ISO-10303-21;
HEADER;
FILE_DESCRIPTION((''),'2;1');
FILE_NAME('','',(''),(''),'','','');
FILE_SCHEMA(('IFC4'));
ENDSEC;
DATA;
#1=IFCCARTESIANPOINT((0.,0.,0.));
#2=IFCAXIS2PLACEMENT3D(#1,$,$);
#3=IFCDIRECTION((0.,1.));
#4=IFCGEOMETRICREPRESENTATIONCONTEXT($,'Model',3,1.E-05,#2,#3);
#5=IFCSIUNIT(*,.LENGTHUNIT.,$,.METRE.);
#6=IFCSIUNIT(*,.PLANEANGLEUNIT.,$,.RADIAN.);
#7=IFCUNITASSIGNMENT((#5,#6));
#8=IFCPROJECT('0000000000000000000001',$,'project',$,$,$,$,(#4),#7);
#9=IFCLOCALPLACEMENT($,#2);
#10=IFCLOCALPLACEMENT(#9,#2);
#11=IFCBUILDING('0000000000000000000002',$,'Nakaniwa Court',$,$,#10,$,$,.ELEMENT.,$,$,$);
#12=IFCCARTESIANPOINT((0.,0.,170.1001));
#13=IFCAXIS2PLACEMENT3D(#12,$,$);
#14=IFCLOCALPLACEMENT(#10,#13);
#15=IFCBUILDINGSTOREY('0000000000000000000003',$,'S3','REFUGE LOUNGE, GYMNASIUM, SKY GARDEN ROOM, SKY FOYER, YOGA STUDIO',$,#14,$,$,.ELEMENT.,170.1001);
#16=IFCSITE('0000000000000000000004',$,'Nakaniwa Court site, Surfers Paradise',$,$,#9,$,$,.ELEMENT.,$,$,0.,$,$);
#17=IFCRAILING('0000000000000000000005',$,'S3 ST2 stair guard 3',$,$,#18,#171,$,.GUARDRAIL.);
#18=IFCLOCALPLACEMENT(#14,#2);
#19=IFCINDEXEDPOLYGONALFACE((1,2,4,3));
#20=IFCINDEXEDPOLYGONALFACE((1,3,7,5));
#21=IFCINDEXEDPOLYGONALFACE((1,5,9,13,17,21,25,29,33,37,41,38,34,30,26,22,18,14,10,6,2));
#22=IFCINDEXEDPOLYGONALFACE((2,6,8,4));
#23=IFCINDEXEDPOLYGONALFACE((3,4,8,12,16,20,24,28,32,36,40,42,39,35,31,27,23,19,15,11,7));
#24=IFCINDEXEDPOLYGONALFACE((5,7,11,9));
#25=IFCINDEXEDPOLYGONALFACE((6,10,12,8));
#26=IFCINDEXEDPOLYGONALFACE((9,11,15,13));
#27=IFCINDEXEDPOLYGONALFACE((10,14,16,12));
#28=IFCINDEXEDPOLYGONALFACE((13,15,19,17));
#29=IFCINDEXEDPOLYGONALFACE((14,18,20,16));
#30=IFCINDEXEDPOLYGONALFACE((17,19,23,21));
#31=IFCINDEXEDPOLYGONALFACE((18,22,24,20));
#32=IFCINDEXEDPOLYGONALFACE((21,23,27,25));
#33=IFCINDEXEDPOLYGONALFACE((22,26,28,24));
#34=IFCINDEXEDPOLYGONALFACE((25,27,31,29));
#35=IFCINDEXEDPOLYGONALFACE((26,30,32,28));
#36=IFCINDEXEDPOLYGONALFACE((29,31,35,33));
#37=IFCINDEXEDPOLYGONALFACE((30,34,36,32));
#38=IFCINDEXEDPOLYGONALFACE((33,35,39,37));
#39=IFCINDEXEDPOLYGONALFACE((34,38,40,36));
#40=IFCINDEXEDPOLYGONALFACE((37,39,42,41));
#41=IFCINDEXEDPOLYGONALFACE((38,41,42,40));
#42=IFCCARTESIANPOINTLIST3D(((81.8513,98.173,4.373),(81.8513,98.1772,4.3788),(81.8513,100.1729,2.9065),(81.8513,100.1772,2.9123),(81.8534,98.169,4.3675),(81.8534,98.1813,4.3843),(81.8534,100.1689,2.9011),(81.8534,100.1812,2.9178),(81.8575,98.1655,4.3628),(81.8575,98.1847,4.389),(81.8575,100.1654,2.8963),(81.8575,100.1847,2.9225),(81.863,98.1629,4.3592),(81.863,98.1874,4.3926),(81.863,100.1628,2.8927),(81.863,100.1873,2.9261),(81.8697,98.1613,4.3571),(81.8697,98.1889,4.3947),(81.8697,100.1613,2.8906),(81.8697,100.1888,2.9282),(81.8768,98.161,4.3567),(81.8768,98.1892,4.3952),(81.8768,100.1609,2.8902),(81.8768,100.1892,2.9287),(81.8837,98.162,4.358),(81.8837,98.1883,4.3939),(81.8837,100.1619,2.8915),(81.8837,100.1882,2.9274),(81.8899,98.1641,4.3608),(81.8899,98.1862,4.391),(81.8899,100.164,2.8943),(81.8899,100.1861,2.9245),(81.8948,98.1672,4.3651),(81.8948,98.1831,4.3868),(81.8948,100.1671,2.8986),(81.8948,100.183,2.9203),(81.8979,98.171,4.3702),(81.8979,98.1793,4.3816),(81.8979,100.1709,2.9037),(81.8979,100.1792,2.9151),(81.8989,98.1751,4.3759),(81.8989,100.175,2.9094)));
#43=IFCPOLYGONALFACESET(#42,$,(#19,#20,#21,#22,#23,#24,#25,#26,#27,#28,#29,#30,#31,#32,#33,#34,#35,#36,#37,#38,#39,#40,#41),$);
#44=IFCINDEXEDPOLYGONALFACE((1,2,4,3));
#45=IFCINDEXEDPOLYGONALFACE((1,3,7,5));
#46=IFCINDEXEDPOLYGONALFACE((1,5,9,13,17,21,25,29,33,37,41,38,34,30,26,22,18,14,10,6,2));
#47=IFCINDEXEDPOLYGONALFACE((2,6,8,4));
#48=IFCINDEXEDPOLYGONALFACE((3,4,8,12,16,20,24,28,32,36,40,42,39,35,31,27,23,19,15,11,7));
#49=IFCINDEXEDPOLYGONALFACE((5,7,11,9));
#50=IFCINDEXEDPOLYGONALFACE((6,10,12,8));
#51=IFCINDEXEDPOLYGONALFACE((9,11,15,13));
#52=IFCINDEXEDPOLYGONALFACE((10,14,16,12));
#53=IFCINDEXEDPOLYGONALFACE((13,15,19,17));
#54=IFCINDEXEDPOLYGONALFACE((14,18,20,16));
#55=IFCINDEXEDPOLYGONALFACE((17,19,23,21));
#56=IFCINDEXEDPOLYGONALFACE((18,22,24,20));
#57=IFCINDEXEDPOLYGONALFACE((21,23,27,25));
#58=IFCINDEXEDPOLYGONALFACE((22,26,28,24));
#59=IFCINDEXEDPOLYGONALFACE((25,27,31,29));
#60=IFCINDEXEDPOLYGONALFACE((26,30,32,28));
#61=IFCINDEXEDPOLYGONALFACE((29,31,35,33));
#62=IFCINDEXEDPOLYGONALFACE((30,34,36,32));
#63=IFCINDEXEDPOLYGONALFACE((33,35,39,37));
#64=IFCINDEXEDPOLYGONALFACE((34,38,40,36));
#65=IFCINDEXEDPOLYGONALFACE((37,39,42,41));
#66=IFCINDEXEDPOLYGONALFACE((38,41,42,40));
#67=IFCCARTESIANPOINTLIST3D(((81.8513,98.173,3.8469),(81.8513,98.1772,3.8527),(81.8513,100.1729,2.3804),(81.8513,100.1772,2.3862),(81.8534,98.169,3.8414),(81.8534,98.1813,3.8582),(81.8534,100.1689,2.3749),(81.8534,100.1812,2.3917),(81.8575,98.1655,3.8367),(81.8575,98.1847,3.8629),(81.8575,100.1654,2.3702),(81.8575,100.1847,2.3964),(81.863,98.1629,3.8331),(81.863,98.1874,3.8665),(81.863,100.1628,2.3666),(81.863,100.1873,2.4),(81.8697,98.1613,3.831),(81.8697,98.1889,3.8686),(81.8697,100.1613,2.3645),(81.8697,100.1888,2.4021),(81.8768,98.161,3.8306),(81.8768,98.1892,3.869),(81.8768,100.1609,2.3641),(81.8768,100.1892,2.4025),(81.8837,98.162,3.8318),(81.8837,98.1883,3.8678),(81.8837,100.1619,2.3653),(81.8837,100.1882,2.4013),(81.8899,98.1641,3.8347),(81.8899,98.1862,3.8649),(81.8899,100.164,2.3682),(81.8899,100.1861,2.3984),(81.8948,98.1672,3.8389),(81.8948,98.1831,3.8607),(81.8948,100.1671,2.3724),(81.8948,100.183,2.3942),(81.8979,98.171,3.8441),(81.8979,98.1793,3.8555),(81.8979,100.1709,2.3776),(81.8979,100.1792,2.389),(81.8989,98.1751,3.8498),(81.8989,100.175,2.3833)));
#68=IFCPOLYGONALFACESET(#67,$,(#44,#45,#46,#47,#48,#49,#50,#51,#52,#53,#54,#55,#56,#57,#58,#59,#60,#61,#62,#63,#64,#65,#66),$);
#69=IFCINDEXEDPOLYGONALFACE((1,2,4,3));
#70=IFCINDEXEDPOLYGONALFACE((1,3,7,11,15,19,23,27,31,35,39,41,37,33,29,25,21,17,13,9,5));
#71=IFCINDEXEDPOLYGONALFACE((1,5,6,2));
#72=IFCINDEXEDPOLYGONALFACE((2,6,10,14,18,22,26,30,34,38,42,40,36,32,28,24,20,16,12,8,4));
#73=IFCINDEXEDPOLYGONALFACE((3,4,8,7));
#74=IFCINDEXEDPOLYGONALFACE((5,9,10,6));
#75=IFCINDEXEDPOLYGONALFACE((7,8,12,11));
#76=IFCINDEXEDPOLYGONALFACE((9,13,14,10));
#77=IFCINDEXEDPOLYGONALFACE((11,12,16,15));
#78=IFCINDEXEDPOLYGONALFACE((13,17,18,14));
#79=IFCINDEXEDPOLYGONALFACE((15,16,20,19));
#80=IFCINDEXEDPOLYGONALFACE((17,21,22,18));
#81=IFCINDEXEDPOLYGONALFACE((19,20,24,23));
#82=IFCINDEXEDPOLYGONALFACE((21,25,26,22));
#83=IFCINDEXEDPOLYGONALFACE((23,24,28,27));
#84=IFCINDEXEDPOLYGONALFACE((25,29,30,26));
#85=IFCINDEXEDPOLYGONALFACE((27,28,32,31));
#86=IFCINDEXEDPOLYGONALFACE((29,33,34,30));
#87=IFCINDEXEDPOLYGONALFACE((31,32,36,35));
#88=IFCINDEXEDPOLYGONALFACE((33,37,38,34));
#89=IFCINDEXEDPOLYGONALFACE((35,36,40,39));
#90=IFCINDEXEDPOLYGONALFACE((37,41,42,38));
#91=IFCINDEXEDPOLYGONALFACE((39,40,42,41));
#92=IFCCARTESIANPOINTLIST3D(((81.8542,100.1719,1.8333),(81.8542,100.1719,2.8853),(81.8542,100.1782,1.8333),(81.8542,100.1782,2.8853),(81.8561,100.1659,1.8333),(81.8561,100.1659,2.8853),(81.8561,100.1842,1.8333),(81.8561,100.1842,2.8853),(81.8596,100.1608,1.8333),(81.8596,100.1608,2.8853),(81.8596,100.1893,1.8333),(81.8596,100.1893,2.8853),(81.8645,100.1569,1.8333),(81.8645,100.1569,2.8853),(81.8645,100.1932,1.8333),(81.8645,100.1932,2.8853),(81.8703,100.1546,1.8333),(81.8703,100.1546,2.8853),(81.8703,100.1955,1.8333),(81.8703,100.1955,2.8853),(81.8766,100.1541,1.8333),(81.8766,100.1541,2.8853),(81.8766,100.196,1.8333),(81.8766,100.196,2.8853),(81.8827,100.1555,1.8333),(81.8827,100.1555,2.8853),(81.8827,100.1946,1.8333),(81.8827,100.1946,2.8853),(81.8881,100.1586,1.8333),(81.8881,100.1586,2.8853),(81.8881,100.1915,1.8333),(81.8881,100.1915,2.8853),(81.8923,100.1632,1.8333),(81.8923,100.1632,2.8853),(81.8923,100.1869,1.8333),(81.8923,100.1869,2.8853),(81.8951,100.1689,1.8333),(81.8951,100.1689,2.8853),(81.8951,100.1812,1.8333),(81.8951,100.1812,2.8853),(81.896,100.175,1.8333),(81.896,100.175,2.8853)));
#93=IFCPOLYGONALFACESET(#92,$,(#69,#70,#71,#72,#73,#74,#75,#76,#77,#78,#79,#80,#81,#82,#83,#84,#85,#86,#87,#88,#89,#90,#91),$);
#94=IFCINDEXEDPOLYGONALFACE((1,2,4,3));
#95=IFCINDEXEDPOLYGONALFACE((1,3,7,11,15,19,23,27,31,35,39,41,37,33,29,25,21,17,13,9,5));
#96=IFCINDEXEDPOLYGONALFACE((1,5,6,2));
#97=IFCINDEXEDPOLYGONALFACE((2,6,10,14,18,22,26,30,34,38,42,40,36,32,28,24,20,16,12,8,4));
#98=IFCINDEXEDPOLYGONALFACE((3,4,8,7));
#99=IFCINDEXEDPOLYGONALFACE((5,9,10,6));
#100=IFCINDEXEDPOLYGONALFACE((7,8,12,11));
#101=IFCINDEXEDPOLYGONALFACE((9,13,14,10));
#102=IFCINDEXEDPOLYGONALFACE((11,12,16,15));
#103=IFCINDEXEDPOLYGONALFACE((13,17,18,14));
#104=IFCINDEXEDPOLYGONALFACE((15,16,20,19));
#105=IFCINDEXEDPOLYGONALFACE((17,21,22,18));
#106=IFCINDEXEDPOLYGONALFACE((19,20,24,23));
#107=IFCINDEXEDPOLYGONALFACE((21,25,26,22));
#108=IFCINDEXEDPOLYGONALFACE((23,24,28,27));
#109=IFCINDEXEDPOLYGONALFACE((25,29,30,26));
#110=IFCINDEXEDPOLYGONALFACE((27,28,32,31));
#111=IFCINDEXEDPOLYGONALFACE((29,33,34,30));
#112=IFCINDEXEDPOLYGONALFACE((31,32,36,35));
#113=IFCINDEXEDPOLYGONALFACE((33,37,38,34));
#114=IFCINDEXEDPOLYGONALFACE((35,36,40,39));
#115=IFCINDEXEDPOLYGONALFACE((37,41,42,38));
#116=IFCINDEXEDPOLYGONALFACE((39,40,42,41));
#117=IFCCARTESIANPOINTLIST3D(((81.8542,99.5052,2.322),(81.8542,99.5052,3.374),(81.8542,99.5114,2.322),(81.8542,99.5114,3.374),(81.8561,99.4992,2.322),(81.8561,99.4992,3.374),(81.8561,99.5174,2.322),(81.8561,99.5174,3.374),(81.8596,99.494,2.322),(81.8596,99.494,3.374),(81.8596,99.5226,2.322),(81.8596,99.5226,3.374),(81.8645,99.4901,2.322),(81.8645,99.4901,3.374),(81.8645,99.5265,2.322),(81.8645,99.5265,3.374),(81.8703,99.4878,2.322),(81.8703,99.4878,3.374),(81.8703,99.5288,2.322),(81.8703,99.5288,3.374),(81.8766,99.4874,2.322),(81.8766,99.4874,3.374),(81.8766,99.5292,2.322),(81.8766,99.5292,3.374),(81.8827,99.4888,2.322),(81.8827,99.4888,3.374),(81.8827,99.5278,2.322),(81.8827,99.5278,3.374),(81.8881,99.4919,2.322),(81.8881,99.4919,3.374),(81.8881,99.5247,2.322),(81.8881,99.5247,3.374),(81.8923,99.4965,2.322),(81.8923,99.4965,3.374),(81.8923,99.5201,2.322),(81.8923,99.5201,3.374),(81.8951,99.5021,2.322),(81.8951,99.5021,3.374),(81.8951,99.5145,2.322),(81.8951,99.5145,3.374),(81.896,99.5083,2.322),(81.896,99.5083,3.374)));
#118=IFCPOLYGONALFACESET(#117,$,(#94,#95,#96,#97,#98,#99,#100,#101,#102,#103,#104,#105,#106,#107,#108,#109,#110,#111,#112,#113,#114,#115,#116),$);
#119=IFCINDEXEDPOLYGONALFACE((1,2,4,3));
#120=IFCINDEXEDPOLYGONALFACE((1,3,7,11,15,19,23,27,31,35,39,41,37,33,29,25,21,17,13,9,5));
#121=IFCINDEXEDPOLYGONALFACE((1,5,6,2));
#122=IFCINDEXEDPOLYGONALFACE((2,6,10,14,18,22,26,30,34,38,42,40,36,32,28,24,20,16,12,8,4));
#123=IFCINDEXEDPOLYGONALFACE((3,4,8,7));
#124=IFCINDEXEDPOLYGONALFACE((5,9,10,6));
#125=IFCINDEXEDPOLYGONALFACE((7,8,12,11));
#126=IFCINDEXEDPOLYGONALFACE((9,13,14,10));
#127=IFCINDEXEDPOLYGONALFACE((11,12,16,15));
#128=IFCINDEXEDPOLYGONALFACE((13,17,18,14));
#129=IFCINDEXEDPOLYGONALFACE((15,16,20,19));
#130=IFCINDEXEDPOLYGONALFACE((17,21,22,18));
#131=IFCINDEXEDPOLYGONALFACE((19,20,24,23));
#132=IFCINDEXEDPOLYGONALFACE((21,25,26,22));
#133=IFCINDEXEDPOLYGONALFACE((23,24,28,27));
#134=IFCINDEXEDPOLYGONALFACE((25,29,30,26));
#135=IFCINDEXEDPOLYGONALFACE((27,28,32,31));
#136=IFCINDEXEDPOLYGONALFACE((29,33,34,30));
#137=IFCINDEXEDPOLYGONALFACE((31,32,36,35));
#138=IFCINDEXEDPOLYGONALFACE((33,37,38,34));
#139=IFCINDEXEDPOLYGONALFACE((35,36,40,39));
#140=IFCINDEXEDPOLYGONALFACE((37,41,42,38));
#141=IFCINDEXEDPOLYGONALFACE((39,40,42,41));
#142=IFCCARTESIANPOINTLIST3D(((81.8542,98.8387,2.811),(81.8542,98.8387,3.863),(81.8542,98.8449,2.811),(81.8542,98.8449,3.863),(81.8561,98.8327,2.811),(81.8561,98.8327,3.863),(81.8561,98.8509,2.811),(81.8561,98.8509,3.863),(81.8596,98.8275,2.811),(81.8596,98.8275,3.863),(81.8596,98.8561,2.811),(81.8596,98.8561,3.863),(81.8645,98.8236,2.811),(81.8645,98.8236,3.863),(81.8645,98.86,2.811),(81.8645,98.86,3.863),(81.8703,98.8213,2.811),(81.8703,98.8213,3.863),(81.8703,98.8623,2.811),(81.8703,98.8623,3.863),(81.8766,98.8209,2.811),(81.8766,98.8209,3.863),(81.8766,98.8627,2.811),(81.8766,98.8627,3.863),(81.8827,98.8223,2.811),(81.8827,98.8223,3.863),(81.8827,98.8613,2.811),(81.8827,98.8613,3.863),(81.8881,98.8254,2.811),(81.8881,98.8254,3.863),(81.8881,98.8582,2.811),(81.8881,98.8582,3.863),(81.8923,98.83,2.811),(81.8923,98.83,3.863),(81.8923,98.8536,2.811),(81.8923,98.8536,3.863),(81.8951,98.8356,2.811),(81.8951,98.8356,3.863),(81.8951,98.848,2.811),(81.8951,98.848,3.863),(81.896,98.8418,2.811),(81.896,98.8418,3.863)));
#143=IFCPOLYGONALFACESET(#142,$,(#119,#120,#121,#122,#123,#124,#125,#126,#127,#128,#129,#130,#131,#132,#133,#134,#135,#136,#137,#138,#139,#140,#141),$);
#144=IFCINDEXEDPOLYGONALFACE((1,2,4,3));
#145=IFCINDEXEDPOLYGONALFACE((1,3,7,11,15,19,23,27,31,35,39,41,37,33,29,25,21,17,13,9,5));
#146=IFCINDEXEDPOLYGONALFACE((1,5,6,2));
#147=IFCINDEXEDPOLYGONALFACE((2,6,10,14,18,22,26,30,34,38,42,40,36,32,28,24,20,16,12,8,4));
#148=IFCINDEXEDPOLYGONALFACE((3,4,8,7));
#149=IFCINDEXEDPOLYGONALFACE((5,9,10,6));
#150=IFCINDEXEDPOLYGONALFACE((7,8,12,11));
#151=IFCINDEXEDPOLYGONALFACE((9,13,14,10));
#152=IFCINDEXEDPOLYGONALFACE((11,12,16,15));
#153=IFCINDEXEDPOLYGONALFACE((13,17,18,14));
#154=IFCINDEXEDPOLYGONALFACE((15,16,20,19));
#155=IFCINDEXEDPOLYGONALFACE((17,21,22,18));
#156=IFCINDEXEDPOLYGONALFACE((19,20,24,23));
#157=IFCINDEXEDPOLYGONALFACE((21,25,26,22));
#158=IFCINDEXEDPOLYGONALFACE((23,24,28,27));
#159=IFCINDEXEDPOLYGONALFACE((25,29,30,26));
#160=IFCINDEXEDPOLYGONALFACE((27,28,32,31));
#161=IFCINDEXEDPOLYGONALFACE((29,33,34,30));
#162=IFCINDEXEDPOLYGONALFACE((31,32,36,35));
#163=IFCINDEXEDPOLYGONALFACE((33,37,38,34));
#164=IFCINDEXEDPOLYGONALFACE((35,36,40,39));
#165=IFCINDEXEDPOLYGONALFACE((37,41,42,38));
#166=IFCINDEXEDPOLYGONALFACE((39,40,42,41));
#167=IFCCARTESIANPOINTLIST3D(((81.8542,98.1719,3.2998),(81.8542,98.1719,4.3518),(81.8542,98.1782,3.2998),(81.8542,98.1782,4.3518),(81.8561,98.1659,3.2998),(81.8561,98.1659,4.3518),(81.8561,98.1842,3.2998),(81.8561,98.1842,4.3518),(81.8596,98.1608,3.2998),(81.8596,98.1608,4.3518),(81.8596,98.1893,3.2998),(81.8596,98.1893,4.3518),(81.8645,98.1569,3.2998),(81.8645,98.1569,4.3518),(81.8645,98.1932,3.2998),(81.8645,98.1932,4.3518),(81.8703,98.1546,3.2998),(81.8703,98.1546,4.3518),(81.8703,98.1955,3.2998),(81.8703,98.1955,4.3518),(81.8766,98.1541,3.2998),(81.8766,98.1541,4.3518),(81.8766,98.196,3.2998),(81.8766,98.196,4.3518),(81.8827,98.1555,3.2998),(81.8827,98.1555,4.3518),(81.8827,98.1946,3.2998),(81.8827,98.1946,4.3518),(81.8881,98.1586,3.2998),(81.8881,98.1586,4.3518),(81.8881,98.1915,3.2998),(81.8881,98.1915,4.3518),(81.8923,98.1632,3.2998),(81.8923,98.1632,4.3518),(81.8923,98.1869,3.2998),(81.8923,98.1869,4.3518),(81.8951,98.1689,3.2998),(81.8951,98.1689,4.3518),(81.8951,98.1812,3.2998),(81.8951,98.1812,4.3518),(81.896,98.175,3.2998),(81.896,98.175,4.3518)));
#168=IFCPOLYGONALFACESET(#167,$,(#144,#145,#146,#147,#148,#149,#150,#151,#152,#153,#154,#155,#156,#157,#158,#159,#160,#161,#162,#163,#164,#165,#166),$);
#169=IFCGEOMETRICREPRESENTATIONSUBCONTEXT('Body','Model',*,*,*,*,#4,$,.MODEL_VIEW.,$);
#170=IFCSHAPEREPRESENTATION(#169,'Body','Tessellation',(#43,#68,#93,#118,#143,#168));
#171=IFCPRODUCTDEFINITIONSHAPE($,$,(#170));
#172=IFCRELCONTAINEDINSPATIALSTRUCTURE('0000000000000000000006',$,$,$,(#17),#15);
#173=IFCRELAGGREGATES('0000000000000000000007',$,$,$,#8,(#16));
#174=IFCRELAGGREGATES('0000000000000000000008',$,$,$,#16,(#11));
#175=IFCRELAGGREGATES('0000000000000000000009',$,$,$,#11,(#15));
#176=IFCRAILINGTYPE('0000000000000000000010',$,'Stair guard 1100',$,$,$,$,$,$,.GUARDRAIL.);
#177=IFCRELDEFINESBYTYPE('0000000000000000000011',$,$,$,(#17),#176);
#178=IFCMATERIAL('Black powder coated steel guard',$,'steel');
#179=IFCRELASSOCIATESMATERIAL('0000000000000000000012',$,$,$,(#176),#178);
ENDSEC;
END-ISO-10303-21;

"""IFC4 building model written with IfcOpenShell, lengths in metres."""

from ifc_helpers import new_model, si_unit, direction, frame, origin, origin_2d, place, context, subcontext, project, spatial, circle, extrude, material, type_object, element, save


model = new_model("IFC4")

# Units and contexts
model_context = context("Model", 3, precision=1e-05, world=origin(), true_north=direction((0.0, 1.0)))
body_context = subcontext(model_context, "Body", "Model", "MODEL_VIEW")
ifc_project = project(units=[si_unit("LENGTHUNIT", "METRE"), si_unit("PLANEANGLEUNIT", "RADIAN")], contexts=[model_context])

# Site, building, storey
site_placement = place(None, origin())
site = spatial("IfcSite", under=ifc_project, at=site_placement, Name="Nakaniwa Court site, Surfers Paradise", CompositionType="ELEMENT", RefElevation=0.0)
building_placement = place(site_placement, origin())
building = spatial("IfcBuilding", under=site, at=building_placement, Name="Nakaniwa Court", CompositionType="ELEMENT")
storey_placement = place(building_placement, frame((0.0, 0.0, 170.1001)))
storey = spatial("IfcBuildingStorey", under=building, at=storey_placement, Name="S3", Description="REFUGE LOUNGE, GYMNASIUM, SKY GARDEN ROOM, SKY FOYER, YOGA STUDIO", CompositionType="ELEMENT", Elevation=170.1001)

# Railing
ifc_material_1 = material(Name="Black powder coated steel guard", Category="steel")
railing_type_1 = type_object("IfcRailingType", Name="Stair guard 1100", PredefinedType="GUARDRAIL", material=ifc_material_1)
railing_1_placement = place(storey_placement, frame((81.875, 100.175, 1.8333)))
element("IfcRailing", 1, at=railing_1_placement, inside=storey, type_object=railing_type_1, Name="S3 ST2 stair guard 3", PredefinedType="GUARDRAIL", context=body_context, shape_type="SweptSolid", body=[
    extrude(circle(Radius=0.0239, at=origin_2d()), frame((0.0, 0.0, 1.0762), z_axis=(0.0, -0.806427, 0.591334), x_axis=(1.0, 0.0, 0.0)), (0.0, 0.0, 1.0), 2.48),
    extrude(circle(Radius=0.0239, at=origin_2d()), frame((0.0, 0.0, 0.55), z_axis=(0.0, -0.806427, 0.591334), x_axis=(1.0, 0.0, 0.0)), (0.0, 0.0, 1.0), 2.48),
    extrude(circle(Radius=0.021, at=origin_2d()), origin(), (0.0, 0.0, 1.0), 1.052),
    extrude(circle(Radius=0.021, at=origin_2d()), frame((0.0, -0.6667, 0.4888)), (0.0, 0.0, 1.0), 1.052),
    extrude(circle(Radius=0.021, at=origin_2d()), frame((0.0, -1.3333, 0.9778)), (0.0, 0.0, 1.0), 1.052),
    extrude(circle(Radius=0.021, at=origin_2d()), frame((0.0, -2.0, 1.4666)), (0.0, 0.0, 1.0), 1.052),
])

save(model, "model.ifc")
